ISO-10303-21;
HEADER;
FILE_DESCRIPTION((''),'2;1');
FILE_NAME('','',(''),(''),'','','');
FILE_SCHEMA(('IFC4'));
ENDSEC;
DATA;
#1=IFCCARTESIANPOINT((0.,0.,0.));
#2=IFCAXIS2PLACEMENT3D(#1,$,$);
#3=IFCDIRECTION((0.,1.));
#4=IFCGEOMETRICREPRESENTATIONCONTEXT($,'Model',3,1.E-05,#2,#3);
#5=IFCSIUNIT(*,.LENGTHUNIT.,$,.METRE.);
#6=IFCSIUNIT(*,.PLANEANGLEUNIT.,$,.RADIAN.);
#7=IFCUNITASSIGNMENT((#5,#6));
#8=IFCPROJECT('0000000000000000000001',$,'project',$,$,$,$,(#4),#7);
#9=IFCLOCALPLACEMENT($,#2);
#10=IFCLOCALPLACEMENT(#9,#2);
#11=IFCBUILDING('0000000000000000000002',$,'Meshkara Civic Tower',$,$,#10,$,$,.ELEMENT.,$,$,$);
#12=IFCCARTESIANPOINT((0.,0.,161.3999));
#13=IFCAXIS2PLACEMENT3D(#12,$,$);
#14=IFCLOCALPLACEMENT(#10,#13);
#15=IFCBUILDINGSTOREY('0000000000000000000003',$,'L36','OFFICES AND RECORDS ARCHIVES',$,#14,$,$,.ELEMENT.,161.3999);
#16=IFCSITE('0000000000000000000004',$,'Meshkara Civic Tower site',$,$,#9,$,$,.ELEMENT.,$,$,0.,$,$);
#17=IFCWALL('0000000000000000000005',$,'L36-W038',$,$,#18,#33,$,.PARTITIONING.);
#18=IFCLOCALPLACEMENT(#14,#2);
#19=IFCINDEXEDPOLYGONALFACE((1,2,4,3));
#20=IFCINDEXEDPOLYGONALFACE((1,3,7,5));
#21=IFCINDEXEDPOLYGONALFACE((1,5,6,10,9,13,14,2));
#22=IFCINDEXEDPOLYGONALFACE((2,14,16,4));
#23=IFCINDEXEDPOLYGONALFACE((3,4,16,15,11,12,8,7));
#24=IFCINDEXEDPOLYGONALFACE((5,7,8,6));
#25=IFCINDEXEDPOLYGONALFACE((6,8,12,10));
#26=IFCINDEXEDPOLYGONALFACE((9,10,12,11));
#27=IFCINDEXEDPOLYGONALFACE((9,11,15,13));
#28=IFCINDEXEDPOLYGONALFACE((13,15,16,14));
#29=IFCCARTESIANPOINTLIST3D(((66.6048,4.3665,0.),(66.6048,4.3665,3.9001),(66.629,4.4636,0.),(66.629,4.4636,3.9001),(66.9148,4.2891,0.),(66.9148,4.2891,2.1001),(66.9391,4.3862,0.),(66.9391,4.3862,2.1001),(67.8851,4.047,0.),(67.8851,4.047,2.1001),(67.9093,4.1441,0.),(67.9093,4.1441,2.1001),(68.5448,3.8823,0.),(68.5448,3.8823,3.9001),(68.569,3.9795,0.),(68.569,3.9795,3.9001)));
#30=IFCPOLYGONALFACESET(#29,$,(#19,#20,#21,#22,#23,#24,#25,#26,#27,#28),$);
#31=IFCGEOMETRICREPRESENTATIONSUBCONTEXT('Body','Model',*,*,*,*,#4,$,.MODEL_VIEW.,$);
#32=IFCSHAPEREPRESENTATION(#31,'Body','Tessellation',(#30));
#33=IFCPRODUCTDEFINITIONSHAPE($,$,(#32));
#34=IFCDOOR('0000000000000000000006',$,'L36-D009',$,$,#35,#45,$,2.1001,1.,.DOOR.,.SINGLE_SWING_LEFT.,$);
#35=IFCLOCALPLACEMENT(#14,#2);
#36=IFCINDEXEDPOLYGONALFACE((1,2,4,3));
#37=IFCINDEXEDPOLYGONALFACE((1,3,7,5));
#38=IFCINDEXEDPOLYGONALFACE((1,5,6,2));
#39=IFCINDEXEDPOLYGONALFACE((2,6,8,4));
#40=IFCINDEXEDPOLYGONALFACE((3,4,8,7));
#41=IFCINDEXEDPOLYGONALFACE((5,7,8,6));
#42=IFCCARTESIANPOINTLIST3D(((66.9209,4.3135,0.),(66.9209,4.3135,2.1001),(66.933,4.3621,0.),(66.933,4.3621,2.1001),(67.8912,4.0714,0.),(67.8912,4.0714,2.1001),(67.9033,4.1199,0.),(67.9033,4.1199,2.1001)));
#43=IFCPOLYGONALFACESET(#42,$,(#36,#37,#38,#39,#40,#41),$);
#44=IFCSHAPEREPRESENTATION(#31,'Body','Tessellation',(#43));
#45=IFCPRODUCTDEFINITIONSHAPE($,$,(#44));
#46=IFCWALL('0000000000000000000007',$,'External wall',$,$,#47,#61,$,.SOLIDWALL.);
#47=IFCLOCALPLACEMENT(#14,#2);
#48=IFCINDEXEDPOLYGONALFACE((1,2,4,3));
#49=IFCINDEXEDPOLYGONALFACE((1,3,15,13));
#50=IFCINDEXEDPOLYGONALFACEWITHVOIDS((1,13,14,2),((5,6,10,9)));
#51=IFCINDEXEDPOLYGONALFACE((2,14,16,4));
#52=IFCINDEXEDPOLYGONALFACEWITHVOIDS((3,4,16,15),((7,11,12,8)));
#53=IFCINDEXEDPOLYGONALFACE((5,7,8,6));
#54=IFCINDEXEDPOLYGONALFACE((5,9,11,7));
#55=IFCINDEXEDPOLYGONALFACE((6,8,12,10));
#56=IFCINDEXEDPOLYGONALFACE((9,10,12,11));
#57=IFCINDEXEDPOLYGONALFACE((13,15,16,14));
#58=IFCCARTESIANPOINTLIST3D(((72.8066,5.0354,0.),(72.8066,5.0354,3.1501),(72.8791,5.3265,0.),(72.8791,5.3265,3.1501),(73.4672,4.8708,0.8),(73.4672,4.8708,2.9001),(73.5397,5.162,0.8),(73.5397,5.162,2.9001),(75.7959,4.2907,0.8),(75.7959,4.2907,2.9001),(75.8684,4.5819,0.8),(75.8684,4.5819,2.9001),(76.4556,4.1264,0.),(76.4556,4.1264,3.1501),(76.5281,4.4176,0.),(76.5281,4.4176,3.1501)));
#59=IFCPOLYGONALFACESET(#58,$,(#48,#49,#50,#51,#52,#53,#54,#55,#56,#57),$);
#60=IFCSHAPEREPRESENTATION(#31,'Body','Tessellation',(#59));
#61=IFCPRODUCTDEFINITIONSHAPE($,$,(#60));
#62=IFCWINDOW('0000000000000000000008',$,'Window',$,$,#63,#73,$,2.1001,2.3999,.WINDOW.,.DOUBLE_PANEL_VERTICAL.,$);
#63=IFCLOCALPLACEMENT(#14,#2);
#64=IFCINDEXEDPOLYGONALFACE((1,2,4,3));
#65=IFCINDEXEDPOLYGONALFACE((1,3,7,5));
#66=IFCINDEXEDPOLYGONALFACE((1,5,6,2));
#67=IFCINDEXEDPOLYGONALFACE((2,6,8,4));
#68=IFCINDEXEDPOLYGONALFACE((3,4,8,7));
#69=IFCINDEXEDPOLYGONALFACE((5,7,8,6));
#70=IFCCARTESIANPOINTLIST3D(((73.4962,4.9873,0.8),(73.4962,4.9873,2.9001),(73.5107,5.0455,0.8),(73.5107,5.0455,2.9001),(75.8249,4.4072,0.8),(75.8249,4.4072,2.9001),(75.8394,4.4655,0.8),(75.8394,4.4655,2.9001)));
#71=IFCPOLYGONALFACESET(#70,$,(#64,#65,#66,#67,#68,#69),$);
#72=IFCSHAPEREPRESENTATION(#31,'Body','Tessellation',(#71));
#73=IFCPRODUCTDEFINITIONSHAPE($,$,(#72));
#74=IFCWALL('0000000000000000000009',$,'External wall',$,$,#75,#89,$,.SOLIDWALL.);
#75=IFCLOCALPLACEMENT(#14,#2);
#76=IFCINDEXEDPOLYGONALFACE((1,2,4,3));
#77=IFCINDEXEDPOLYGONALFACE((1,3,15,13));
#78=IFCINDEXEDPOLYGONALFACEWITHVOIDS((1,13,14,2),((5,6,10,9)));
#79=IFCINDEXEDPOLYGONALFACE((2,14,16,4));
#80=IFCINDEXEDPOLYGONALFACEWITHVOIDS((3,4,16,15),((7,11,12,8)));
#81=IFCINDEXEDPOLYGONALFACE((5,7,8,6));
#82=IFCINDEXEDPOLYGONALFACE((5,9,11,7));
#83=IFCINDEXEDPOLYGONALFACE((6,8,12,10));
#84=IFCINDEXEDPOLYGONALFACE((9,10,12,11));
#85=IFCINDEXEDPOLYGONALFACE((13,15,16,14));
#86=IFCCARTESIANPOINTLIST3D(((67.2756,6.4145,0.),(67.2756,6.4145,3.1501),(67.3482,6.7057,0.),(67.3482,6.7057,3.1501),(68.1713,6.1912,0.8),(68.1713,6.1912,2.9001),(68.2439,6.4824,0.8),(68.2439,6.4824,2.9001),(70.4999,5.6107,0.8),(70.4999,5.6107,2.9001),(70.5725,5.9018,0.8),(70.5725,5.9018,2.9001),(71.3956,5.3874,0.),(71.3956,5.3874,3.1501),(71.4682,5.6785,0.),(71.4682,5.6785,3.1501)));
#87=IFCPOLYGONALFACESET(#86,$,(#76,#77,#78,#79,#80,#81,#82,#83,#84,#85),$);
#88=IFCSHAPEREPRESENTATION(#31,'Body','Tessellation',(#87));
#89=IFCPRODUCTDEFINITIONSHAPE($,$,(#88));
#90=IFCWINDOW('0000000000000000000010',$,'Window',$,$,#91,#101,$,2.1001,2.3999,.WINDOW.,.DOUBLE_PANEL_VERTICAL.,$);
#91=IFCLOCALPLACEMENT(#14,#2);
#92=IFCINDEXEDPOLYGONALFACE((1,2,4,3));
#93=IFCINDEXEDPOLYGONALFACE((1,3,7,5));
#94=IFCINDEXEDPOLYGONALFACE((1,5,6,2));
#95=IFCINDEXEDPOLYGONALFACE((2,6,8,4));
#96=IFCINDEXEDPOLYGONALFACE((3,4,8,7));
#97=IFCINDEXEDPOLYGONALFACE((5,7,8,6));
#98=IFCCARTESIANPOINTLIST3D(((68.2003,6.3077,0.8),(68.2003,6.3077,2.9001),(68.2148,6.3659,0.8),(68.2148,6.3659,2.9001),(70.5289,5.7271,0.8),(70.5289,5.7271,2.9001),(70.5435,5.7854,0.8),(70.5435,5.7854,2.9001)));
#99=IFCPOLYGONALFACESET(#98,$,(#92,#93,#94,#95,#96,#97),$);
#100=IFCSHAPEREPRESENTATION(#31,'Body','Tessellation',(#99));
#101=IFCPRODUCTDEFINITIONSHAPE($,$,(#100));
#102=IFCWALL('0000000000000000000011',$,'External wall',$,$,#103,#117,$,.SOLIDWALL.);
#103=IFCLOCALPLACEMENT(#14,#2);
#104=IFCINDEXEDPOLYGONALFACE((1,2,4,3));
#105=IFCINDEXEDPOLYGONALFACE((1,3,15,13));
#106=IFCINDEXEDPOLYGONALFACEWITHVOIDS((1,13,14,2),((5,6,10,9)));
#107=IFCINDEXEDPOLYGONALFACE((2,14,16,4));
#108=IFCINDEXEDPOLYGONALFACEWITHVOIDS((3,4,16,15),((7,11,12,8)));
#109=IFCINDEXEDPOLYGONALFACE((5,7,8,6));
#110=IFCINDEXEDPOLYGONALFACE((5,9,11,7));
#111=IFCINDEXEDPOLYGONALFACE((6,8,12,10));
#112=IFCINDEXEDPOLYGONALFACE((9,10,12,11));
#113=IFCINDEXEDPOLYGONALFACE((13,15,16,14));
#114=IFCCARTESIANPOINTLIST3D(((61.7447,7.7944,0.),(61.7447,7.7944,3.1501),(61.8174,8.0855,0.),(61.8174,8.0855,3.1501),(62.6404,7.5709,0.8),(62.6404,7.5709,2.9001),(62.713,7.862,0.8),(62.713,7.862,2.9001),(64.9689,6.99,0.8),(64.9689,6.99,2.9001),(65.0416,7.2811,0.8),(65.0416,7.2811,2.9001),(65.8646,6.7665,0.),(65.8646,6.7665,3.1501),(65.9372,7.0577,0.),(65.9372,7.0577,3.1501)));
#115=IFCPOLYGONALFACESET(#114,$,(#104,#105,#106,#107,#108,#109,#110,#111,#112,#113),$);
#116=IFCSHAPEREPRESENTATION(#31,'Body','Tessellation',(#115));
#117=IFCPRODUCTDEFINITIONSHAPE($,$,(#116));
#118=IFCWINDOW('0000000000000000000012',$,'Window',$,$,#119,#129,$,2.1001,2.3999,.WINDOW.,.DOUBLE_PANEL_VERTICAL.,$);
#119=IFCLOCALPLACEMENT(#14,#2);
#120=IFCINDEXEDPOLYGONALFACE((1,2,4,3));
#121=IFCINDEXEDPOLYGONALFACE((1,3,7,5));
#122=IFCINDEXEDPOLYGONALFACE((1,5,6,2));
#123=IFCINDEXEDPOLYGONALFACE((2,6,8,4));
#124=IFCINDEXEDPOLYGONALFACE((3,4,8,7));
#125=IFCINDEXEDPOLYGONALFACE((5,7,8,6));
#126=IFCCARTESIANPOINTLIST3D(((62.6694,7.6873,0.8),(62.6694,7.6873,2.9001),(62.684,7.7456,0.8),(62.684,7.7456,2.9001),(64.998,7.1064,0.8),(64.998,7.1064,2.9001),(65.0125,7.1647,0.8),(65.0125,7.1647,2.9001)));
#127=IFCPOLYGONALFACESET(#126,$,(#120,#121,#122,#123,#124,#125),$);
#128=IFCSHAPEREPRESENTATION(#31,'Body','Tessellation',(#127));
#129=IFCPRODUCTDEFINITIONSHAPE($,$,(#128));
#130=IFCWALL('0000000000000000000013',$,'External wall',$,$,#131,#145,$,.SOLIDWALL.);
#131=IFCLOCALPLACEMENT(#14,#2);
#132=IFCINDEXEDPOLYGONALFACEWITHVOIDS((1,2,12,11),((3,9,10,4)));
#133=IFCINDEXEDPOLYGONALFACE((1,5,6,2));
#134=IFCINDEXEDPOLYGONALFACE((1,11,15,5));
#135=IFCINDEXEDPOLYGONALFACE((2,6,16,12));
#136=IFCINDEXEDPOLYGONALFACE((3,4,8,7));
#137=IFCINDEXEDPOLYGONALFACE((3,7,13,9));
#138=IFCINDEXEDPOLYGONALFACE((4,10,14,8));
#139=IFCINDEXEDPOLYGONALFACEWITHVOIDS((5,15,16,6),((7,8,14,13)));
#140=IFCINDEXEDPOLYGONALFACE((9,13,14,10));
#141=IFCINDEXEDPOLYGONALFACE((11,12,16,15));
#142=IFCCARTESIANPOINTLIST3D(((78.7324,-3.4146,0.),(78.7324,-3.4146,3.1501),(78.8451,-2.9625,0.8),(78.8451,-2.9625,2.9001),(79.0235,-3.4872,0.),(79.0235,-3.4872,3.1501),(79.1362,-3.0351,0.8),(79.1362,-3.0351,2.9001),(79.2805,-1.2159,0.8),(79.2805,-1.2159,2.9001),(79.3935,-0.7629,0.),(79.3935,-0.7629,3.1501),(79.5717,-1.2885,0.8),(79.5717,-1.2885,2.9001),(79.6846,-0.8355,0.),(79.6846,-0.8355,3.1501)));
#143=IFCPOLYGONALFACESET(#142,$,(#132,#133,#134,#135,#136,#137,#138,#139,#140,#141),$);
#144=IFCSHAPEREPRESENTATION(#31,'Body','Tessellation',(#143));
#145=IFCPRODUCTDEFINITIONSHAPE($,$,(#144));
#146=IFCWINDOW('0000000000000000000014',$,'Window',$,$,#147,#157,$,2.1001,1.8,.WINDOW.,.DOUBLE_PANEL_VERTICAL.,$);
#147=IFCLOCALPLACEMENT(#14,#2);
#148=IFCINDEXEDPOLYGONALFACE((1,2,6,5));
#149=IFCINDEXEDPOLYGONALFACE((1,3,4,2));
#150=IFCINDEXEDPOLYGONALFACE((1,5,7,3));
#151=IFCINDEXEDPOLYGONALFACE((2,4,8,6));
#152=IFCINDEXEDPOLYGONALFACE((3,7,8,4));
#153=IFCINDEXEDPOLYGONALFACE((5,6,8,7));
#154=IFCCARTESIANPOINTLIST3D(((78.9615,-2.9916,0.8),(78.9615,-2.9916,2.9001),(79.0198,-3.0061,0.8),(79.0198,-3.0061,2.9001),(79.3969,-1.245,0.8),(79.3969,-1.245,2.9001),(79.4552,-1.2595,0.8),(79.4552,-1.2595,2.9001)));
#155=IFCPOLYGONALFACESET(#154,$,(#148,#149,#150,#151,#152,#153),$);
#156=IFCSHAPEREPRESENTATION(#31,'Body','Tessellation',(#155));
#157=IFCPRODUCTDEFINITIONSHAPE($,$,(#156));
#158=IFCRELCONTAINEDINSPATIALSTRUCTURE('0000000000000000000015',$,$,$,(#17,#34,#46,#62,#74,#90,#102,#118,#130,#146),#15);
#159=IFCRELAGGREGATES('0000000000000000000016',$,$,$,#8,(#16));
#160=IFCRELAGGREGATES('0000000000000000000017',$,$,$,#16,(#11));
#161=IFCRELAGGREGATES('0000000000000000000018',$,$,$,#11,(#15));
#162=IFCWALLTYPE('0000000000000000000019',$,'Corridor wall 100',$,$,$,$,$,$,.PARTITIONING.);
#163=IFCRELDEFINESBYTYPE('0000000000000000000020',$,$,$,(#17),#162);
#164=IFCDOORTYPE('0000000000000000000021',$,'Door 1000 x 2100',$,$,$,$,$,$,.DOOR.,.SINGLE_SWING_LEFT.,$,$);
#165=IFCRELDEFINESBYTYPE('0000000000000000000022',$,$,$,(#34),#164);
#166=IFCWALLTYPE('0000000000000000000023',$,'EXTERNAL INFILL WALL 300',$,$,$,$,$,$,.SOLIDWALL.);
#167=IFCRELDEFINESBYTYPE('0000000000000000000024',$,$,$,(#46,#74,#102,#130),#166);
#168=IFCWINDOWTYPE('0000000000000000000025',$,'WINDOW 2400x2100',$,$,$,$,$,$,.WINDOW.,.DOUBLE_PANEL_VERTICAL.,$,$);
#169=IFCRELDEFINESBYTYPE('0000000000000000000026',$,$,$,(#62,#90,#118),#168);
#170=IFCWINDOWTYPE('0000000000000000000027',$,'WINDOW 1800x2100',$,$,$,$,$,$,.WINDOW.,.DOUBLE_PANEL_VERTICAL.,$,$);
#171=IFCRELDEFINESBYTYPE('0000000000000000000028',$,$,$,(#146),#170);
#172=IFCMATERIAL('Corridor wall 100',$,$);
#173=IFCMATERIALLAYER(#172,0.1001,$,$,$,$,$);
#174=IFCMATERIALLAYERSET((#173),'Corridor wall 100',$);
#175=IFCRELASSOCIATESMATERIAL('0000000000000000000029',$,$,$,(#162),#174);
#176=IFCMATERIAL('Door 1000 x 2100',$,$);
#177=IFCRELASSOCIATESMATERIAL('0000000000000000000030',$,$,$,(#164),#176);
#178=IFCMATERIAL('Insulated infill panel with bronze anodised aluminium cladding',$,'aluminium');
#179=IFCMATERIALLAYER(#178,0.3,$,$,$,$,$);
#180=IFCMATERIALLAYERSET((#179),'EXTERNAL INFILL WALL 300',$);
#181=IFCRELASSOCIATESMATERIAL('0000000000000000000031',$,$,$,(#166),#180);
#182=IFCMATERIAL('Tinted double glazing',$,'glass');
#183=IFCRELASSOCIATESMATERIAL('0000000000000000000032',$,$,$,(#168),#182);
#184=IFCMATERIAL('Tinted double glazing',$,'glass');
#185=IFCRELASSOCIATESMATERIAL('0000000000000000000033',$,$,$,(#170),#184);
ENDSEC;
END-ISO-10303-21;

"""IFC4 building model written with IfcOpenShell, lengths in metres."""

from ifc_helpers import new_model, si_unit, direction, frame, frame_2d, origin, place, context, subcontext, project, spatial, rectangle, extrude, material, layer, layer_set, type_object, element, fill, save


model = new_model("IFC4")

# Units and contexts
model_context = context("Model", 3, precision=1e-05, world=origin(), true_north=direction((0.0, 1.0)))
body_context = subcontext(model_context, "Body", "Model", "MODEL_VIEW")
ifc_project = project(units=[si_unit("LENGTHUNIT", "METRE"), si_unit("PLANEANGLEUNIT", "RADIAN")], contexts=[model_context])

# Site, building, storey
site_placement = place(None, origin())
site = spatial("IfcSite", under=ifc_project, at=site_placement, Name="Meshkara Civic Tower site", CompositionType="ELEMENT", RefElevation=0.0)
building_placement = place(site_placement, origin())
building = spatial("IfcBuilding", under=site, at=building_placement, Name="Meshkara Civic Tower", CompositionType="ELEMENT")
storey_placement = place(building_placement, frame((0.0, 0.0, 161.3999)))
storey = spatial("IfcBuildingStorey", under=building, at=storey_placement, Name="L36", Description="OFFICES AND RECORDS ARCHIVES", CompositionType="ELEMENT", Elevation=161.3999)

# Shared definitions
ifc_material_1 = material(Name="Corridor wall 100")
ifc_layer_1 = layer(ifc_material_1, 0.1001)
ifc_layer_set_1 = layer_set([ifc_layer_1], Name="Corridor wall 100")
wall_type_1 = type_object("IfcWallType", Name="Corridor wall 100", PredefinedType="PARTITIONING", material=ifc_layer_set_1)

# Shared definitions
ifc_material_2 = material(Name="Door 1000 x 2100")
door_type = type_object("IfcDoorType", Name="Door 1000 x 2100", OperationType="SINGLE_SWING_LEFT", PredefinedType="DOOR", material=ifc_material_2)

# Wall, opening, door
wall_1_placement = place(storey_placement, frame((68.5569, 3.9309, 0.0), z_axis=(0.0, 0.0, 1.0), x_axis=(-0.970243, 0.242133, 0.0)))
wall_1 = element("IfcWall", 1, at=wall_1_placement, inside=storey, type_object=wall_type_1, Name="L36-W038", PredefinedType="PARTITIONING", context=body_context, shape_type="SweptSolid", body=[
    extrude(rectangle(XDim=1.9995, YDim=0.1001, at=frame_2d((0.9998, 0.0))), origin(), (0.0, 0.0, 1.0), 3.9001),
])
opening_1_placement = place(wall_1_placement, frame((0.6799, 0.0, 0.0)))
opening_1 = element("IfcOpeningElement", 2, at=opening_1_placement, cuts=wall_1, PredefinedType="OPENING", context=body_context, shape_type="SweptSolid", body=[
    extrude(rectangle(XDim=1.0, YDim=2.1001, at=frame_2d((0.5, 1.05))), frame((0.0, 0.0601, 0.0), z_axis=(0.0, -1.0, 0.0), x_axis=(1.0, 0.0, 0.0)), (0.0, 0.0, 1.0), 0.1201),
])
door_1_placement = place(opening_1_placement, origin())
door_1 = element("IfcDoor", 3, at=door_1_placement, inside=storey, type_object=door_type, Name="L36-D009", OperationType="SINGLE_SWING_LEFT", OverallHeight=2.1001, OverallWidth=1.0, PredefinedType="DOOR", context=body_context, shape_type="SweptSolid", body=[
    extrude(rectangle(XDim=1.0, YDim=2.1001, at=frame_2d((0.5, 1.05))), frame((0.0, 0.0249, 0.0), z_axis=(0.0, -1.0, 0.0), x_axis=(1.0, 0.0, 0.0)), (0.0, 0.0, 1.0), 0.05),
])
fill(opening_1, door_1)

# Walls, openings, windows
ifc_material_3 = material(Name="Insulated infill panel with bronze anodised aluminium cladding", Category="aluminium")
ifc_layer_2 = layer(ifc_material_3, 0.3)
ifc_layer_set_2 = layer_set([ifc_layer_2], Name="EXTERNAL INFILL WALL 300")
wall_type_2 = type_object("IfcWallType", Name="EXTERNAL INFILL WALL 300", PredefinedType="SOLIDWALL", material=ifc_layer_set_2)
wall_2_placement = place(storey_placement, frame((76.4919, 4.272, 0.0), z_axis=(0.0, 0.0, 1.0), x_axis=(-0.970348, 0.241711, 0.0)))
wall_2 = element("IfcWall", 4, at=wall_2_placement, inside=storey, type_object=wall_type_2, Name="External wall", PredefinedType="SOLIDWALL", context=body_context, shape_type="SweptSolid", body=[
    extrude(rectangle(XDim=3.7605, YDim=0.3, at=frame_2d((1.8804, 0.0))), origin(), (0.0, 0.0, 1.0), 3.1501),
])
opening_2_placement = place(wall_2_placement, frame((0.6799, 0.0, 0.8)))
opening_2 = element("IfcOpeningElement", 5, at=opening_2_placement, cuts=wall_2, PredefinedType="OPENING", context=body_context, shape_type="SweptSolid", body=[
    extrude(rectangle(XDim=2.3999, YDim=2.1001, at=frame_2d((1.2, 1.05))), frame((0.0, 0.1599, 0.0), z_axis=(0.0, -1.0, 0.0), x_axis=(1.0, 0.0, 0.0)), (0.0, 0.0, 1.0), 0.3201),
])
ifc_material_4 = material(Name="Tinted double glazing", Category="glass")
window_type_1 = type_object("IfcWindowType", Name="WINDOW 2400x2100", PartitioningType="DOUBLE_PANEL_VERTICAL", PredefinedType="WINDOW", material=ifc_material_4)
window_1_placement = place(opening_2_placement, origin())
window_1 = element("IfcWindow", 6, at=window_1_placement, inside=storey, type_object=window_type_1, Name="Window", OverallHeight=2.1001, OverallWidth=2.3999, PartitioningType="DOUBLE_PANEL_VERTICAL", PredefinedType="WINDOW", context=body_context, shape_type="SweptSolid", body=[
    extrude(rectangle(XDim=2.3999, YDim=2.1001, at=frame_2d((1.2, 1.05))), frame((0.0, 0.03, 0.0), z_axis=(0.0, -1.0, 0.0), x_axis=(1.0, 0.0, 0.0)), (0.0, 0.0, 1.0), 0.0601),
])
fill(opening_2, window_1)
wall_3_placement = place(storey_placement, frame((71.4319, 5.533, 0.0), z_axis=(0.0, 0.0, 1.0), x_axis=(-0.970301, 0.2419, 0.0)))
wall_3 = element("IfcWall", 7, at=wall_3_placement, inside=storey, type_object=wall_type_2, Name="External wall", PredefinedType="SOLIDWALL", context=body_context, shape_type="SweptSolid", body=[
    extrude(rectangle(XDim=4.2461, YDim=0.3, at=frame_2d((2.123, 0.0))), origin(), (0.0, 0.0, 1.0), 3.1501),
])
opening_3_placement = place(wall_3_placement, frame((0.9231, 0.0, 0.8)))
opening_3 = element("IfcOpeningElement", 8, at=opening_3_placement, cuts=wall_3, PredefinedType="OPENING", context=body_context, shape_type="SweptSolid", body=[
    extrude(rectangle(XDim=2.3999, YDim=2.1001, at=frame_2d((1.2, 1.05))), frame((0.0, 0.1599, 0.0), z_axis=(0.0, -1.0, 0.0), x_axis=(1.0, 0.0, 0.0)), (0.0, 0.0, 1.0), 0.3201),
])
window_2_placement = place(opening_3_placement, origin())
window_2 = element("IfcWindow", 9, at=window_2_placement, inside=storey, type_object=window_type_1, Name="Window", OverallHeight=2.1001, OverallWidth=2.3999, PartitioningType="DOUBLE_PANEL_VERTICAL", PredefinedType="WINDOW", context=body_context, shape_type="SweptSolid", body=[
    extrude(rectangle(XDim=2.3999, YDim=2.1001, at=frame_2d((1.2, 1.05))), frame((0.0, 0.03, 0.0), z_axis=(0.0, -1.0, 0.0), x_axis=(1.0, 0.0, 0.0)), (0.0, 0.0, 1.0), 0.0601),
])
fill(opening_3, window_2)
wall_4_placement = place(storey_placement, frame((65.9009, 6.9121, 0.0), z_axis=(0.0, 0.0, 1.0), x_axis=(-0.970261, 0.242062, 0.0)))
wall_4 = element("IfcWall", 10, at=wall_4_placement, inside=storey, type_object=wall_type_2, Name="External wall", PredefinedType="SOLIDWALL", context=body_context, shape_type="SweptSolid", body=[
    extrude(rectangle(XDim=4.2461, YDim=0.3, at=frame_2d((2.123, 0.0))), origin(), (0.0, 0.0, 1.0), 3.1501),
])
opening_4_placement = place(wall_4_placement, frame((0.9231, 0.0, 0.8)))
opening_4 = element("IfcOpeningElement", 11, at=opening_4_placement, cuts=wall_4, PredefinedType="OPENING", context=body_context, shape_type="SweptSolid", body=[
    extrude(rectangle(XDim=2.3999, YDim=2.1001, at=frame_2d((1.2, 1.05))), frame((0.0, 0.1599, 0.0), z_axis=(0.0, -1.0, 0.0), x_axis=(1.0, 0.0, 0.0)), (0.0, 0.0, 1.0), 0.3201),
])
window_3_placement = place(opening_4_placement, origin())
window_3 = element("IfcWindow", 12, at=window_3_placement, inside=storey, type_object=window_type_1, Name="Window", OverallHeight=2.1001, OverallWidth=2.3999, PartitioningType="DOUBLE_PANEL_VERTICAL", PredefinedType="WINDOW", context=body_context, shape_type="SweptSolid", body=[
    extrude(rectangle(XDim=2.3999, YDim=2.1001, at=frame_2d((1.2, 1.05))), frame((0.0, 0.03, 0.0), z_axis=(0.0, -1.0, 0.0), x_axis=(1.0, 0.0, 0.0)), (0.0, 0.0, 1.0), 0.0601),
])
fill(opening_4, window_3)
wall_5_placement = place(storey_placement, frame((78.8779, -3.4509, 0.0), z_axis=(0.0, 0.0, 1.0), x_axis=(0.241905, 0.9703, 0.0)))
wall_5 = element("IfcWall", 13, at=wall_5_placement, inside=storey, type_object=wall_type_2, Name="External wall", PredefinedType="SOLIDWALL", context=body_context, shape_type="SweptSolid", body=[
    extrude(rectangle(XDim=2.7329, YDim=0.3, at=frame_2d((1.3665, 0.0))), origin(), (0.0, 0.0, 1.0), 3.1501),
])
opening_5_placement = place(wall_5_placement, frame((0.4661, 0.0, 0.8)))
opening_5 = element("IfcOpeningElement", 14, at=opening_5_placement, cuts=wall_5, PredefinedType="OPENING", context=body_context, shape_type="SweptSolid", body=[
    extrude(rectangle(XDim=1.8, YDim=2.1001, at=frame_2d((0.8999, 1.05))), frame((0.0, 0.1599, 0.0), z_axis=(0.0, -1.0, 0.0), x_axis=(1.0, 0.0, 0.0)), (0.0, 0.0, 1.0), 0.3201),
])
ifc_material_5 = material(Name="Tinted double glazing", Category="glass")
window_type_2 = type_object("IfcWindowType", Name="WINDOW 1800x2100", PartitioningType="DOUBLE_PANEL_VERTICAL", PredefinedType="WINDOW", material=ifc_material_5)
window_4_placement = place(opening_5_placement, origin())
window_4 = element("IfcWindow", 15, at=window_4_placement, inside=storey, type_object=window_type_2, Name="Window", OverallHeight=2.1001, OverallWidth=1.8, PartitioningType="DOUBLE_PANEL_VERTICAL", PredefinedType="WINDOW", context=body_context, shape_type="SweptSolid", body=[
    extrude(rectangle(XDim=1.8, YDim=2.1001, at=frame_2d((0.8999, 1.05))), frame((0.0, 0.03, 0.0), z_axis=(0.0, -1.0, 0.0), x_axis=(1.0, 0.0, 0.0)), (0.0, 0.0, 1.0), 0.0601),
])
fill(opening_5, window_4)

save(model, "model.ifc")
